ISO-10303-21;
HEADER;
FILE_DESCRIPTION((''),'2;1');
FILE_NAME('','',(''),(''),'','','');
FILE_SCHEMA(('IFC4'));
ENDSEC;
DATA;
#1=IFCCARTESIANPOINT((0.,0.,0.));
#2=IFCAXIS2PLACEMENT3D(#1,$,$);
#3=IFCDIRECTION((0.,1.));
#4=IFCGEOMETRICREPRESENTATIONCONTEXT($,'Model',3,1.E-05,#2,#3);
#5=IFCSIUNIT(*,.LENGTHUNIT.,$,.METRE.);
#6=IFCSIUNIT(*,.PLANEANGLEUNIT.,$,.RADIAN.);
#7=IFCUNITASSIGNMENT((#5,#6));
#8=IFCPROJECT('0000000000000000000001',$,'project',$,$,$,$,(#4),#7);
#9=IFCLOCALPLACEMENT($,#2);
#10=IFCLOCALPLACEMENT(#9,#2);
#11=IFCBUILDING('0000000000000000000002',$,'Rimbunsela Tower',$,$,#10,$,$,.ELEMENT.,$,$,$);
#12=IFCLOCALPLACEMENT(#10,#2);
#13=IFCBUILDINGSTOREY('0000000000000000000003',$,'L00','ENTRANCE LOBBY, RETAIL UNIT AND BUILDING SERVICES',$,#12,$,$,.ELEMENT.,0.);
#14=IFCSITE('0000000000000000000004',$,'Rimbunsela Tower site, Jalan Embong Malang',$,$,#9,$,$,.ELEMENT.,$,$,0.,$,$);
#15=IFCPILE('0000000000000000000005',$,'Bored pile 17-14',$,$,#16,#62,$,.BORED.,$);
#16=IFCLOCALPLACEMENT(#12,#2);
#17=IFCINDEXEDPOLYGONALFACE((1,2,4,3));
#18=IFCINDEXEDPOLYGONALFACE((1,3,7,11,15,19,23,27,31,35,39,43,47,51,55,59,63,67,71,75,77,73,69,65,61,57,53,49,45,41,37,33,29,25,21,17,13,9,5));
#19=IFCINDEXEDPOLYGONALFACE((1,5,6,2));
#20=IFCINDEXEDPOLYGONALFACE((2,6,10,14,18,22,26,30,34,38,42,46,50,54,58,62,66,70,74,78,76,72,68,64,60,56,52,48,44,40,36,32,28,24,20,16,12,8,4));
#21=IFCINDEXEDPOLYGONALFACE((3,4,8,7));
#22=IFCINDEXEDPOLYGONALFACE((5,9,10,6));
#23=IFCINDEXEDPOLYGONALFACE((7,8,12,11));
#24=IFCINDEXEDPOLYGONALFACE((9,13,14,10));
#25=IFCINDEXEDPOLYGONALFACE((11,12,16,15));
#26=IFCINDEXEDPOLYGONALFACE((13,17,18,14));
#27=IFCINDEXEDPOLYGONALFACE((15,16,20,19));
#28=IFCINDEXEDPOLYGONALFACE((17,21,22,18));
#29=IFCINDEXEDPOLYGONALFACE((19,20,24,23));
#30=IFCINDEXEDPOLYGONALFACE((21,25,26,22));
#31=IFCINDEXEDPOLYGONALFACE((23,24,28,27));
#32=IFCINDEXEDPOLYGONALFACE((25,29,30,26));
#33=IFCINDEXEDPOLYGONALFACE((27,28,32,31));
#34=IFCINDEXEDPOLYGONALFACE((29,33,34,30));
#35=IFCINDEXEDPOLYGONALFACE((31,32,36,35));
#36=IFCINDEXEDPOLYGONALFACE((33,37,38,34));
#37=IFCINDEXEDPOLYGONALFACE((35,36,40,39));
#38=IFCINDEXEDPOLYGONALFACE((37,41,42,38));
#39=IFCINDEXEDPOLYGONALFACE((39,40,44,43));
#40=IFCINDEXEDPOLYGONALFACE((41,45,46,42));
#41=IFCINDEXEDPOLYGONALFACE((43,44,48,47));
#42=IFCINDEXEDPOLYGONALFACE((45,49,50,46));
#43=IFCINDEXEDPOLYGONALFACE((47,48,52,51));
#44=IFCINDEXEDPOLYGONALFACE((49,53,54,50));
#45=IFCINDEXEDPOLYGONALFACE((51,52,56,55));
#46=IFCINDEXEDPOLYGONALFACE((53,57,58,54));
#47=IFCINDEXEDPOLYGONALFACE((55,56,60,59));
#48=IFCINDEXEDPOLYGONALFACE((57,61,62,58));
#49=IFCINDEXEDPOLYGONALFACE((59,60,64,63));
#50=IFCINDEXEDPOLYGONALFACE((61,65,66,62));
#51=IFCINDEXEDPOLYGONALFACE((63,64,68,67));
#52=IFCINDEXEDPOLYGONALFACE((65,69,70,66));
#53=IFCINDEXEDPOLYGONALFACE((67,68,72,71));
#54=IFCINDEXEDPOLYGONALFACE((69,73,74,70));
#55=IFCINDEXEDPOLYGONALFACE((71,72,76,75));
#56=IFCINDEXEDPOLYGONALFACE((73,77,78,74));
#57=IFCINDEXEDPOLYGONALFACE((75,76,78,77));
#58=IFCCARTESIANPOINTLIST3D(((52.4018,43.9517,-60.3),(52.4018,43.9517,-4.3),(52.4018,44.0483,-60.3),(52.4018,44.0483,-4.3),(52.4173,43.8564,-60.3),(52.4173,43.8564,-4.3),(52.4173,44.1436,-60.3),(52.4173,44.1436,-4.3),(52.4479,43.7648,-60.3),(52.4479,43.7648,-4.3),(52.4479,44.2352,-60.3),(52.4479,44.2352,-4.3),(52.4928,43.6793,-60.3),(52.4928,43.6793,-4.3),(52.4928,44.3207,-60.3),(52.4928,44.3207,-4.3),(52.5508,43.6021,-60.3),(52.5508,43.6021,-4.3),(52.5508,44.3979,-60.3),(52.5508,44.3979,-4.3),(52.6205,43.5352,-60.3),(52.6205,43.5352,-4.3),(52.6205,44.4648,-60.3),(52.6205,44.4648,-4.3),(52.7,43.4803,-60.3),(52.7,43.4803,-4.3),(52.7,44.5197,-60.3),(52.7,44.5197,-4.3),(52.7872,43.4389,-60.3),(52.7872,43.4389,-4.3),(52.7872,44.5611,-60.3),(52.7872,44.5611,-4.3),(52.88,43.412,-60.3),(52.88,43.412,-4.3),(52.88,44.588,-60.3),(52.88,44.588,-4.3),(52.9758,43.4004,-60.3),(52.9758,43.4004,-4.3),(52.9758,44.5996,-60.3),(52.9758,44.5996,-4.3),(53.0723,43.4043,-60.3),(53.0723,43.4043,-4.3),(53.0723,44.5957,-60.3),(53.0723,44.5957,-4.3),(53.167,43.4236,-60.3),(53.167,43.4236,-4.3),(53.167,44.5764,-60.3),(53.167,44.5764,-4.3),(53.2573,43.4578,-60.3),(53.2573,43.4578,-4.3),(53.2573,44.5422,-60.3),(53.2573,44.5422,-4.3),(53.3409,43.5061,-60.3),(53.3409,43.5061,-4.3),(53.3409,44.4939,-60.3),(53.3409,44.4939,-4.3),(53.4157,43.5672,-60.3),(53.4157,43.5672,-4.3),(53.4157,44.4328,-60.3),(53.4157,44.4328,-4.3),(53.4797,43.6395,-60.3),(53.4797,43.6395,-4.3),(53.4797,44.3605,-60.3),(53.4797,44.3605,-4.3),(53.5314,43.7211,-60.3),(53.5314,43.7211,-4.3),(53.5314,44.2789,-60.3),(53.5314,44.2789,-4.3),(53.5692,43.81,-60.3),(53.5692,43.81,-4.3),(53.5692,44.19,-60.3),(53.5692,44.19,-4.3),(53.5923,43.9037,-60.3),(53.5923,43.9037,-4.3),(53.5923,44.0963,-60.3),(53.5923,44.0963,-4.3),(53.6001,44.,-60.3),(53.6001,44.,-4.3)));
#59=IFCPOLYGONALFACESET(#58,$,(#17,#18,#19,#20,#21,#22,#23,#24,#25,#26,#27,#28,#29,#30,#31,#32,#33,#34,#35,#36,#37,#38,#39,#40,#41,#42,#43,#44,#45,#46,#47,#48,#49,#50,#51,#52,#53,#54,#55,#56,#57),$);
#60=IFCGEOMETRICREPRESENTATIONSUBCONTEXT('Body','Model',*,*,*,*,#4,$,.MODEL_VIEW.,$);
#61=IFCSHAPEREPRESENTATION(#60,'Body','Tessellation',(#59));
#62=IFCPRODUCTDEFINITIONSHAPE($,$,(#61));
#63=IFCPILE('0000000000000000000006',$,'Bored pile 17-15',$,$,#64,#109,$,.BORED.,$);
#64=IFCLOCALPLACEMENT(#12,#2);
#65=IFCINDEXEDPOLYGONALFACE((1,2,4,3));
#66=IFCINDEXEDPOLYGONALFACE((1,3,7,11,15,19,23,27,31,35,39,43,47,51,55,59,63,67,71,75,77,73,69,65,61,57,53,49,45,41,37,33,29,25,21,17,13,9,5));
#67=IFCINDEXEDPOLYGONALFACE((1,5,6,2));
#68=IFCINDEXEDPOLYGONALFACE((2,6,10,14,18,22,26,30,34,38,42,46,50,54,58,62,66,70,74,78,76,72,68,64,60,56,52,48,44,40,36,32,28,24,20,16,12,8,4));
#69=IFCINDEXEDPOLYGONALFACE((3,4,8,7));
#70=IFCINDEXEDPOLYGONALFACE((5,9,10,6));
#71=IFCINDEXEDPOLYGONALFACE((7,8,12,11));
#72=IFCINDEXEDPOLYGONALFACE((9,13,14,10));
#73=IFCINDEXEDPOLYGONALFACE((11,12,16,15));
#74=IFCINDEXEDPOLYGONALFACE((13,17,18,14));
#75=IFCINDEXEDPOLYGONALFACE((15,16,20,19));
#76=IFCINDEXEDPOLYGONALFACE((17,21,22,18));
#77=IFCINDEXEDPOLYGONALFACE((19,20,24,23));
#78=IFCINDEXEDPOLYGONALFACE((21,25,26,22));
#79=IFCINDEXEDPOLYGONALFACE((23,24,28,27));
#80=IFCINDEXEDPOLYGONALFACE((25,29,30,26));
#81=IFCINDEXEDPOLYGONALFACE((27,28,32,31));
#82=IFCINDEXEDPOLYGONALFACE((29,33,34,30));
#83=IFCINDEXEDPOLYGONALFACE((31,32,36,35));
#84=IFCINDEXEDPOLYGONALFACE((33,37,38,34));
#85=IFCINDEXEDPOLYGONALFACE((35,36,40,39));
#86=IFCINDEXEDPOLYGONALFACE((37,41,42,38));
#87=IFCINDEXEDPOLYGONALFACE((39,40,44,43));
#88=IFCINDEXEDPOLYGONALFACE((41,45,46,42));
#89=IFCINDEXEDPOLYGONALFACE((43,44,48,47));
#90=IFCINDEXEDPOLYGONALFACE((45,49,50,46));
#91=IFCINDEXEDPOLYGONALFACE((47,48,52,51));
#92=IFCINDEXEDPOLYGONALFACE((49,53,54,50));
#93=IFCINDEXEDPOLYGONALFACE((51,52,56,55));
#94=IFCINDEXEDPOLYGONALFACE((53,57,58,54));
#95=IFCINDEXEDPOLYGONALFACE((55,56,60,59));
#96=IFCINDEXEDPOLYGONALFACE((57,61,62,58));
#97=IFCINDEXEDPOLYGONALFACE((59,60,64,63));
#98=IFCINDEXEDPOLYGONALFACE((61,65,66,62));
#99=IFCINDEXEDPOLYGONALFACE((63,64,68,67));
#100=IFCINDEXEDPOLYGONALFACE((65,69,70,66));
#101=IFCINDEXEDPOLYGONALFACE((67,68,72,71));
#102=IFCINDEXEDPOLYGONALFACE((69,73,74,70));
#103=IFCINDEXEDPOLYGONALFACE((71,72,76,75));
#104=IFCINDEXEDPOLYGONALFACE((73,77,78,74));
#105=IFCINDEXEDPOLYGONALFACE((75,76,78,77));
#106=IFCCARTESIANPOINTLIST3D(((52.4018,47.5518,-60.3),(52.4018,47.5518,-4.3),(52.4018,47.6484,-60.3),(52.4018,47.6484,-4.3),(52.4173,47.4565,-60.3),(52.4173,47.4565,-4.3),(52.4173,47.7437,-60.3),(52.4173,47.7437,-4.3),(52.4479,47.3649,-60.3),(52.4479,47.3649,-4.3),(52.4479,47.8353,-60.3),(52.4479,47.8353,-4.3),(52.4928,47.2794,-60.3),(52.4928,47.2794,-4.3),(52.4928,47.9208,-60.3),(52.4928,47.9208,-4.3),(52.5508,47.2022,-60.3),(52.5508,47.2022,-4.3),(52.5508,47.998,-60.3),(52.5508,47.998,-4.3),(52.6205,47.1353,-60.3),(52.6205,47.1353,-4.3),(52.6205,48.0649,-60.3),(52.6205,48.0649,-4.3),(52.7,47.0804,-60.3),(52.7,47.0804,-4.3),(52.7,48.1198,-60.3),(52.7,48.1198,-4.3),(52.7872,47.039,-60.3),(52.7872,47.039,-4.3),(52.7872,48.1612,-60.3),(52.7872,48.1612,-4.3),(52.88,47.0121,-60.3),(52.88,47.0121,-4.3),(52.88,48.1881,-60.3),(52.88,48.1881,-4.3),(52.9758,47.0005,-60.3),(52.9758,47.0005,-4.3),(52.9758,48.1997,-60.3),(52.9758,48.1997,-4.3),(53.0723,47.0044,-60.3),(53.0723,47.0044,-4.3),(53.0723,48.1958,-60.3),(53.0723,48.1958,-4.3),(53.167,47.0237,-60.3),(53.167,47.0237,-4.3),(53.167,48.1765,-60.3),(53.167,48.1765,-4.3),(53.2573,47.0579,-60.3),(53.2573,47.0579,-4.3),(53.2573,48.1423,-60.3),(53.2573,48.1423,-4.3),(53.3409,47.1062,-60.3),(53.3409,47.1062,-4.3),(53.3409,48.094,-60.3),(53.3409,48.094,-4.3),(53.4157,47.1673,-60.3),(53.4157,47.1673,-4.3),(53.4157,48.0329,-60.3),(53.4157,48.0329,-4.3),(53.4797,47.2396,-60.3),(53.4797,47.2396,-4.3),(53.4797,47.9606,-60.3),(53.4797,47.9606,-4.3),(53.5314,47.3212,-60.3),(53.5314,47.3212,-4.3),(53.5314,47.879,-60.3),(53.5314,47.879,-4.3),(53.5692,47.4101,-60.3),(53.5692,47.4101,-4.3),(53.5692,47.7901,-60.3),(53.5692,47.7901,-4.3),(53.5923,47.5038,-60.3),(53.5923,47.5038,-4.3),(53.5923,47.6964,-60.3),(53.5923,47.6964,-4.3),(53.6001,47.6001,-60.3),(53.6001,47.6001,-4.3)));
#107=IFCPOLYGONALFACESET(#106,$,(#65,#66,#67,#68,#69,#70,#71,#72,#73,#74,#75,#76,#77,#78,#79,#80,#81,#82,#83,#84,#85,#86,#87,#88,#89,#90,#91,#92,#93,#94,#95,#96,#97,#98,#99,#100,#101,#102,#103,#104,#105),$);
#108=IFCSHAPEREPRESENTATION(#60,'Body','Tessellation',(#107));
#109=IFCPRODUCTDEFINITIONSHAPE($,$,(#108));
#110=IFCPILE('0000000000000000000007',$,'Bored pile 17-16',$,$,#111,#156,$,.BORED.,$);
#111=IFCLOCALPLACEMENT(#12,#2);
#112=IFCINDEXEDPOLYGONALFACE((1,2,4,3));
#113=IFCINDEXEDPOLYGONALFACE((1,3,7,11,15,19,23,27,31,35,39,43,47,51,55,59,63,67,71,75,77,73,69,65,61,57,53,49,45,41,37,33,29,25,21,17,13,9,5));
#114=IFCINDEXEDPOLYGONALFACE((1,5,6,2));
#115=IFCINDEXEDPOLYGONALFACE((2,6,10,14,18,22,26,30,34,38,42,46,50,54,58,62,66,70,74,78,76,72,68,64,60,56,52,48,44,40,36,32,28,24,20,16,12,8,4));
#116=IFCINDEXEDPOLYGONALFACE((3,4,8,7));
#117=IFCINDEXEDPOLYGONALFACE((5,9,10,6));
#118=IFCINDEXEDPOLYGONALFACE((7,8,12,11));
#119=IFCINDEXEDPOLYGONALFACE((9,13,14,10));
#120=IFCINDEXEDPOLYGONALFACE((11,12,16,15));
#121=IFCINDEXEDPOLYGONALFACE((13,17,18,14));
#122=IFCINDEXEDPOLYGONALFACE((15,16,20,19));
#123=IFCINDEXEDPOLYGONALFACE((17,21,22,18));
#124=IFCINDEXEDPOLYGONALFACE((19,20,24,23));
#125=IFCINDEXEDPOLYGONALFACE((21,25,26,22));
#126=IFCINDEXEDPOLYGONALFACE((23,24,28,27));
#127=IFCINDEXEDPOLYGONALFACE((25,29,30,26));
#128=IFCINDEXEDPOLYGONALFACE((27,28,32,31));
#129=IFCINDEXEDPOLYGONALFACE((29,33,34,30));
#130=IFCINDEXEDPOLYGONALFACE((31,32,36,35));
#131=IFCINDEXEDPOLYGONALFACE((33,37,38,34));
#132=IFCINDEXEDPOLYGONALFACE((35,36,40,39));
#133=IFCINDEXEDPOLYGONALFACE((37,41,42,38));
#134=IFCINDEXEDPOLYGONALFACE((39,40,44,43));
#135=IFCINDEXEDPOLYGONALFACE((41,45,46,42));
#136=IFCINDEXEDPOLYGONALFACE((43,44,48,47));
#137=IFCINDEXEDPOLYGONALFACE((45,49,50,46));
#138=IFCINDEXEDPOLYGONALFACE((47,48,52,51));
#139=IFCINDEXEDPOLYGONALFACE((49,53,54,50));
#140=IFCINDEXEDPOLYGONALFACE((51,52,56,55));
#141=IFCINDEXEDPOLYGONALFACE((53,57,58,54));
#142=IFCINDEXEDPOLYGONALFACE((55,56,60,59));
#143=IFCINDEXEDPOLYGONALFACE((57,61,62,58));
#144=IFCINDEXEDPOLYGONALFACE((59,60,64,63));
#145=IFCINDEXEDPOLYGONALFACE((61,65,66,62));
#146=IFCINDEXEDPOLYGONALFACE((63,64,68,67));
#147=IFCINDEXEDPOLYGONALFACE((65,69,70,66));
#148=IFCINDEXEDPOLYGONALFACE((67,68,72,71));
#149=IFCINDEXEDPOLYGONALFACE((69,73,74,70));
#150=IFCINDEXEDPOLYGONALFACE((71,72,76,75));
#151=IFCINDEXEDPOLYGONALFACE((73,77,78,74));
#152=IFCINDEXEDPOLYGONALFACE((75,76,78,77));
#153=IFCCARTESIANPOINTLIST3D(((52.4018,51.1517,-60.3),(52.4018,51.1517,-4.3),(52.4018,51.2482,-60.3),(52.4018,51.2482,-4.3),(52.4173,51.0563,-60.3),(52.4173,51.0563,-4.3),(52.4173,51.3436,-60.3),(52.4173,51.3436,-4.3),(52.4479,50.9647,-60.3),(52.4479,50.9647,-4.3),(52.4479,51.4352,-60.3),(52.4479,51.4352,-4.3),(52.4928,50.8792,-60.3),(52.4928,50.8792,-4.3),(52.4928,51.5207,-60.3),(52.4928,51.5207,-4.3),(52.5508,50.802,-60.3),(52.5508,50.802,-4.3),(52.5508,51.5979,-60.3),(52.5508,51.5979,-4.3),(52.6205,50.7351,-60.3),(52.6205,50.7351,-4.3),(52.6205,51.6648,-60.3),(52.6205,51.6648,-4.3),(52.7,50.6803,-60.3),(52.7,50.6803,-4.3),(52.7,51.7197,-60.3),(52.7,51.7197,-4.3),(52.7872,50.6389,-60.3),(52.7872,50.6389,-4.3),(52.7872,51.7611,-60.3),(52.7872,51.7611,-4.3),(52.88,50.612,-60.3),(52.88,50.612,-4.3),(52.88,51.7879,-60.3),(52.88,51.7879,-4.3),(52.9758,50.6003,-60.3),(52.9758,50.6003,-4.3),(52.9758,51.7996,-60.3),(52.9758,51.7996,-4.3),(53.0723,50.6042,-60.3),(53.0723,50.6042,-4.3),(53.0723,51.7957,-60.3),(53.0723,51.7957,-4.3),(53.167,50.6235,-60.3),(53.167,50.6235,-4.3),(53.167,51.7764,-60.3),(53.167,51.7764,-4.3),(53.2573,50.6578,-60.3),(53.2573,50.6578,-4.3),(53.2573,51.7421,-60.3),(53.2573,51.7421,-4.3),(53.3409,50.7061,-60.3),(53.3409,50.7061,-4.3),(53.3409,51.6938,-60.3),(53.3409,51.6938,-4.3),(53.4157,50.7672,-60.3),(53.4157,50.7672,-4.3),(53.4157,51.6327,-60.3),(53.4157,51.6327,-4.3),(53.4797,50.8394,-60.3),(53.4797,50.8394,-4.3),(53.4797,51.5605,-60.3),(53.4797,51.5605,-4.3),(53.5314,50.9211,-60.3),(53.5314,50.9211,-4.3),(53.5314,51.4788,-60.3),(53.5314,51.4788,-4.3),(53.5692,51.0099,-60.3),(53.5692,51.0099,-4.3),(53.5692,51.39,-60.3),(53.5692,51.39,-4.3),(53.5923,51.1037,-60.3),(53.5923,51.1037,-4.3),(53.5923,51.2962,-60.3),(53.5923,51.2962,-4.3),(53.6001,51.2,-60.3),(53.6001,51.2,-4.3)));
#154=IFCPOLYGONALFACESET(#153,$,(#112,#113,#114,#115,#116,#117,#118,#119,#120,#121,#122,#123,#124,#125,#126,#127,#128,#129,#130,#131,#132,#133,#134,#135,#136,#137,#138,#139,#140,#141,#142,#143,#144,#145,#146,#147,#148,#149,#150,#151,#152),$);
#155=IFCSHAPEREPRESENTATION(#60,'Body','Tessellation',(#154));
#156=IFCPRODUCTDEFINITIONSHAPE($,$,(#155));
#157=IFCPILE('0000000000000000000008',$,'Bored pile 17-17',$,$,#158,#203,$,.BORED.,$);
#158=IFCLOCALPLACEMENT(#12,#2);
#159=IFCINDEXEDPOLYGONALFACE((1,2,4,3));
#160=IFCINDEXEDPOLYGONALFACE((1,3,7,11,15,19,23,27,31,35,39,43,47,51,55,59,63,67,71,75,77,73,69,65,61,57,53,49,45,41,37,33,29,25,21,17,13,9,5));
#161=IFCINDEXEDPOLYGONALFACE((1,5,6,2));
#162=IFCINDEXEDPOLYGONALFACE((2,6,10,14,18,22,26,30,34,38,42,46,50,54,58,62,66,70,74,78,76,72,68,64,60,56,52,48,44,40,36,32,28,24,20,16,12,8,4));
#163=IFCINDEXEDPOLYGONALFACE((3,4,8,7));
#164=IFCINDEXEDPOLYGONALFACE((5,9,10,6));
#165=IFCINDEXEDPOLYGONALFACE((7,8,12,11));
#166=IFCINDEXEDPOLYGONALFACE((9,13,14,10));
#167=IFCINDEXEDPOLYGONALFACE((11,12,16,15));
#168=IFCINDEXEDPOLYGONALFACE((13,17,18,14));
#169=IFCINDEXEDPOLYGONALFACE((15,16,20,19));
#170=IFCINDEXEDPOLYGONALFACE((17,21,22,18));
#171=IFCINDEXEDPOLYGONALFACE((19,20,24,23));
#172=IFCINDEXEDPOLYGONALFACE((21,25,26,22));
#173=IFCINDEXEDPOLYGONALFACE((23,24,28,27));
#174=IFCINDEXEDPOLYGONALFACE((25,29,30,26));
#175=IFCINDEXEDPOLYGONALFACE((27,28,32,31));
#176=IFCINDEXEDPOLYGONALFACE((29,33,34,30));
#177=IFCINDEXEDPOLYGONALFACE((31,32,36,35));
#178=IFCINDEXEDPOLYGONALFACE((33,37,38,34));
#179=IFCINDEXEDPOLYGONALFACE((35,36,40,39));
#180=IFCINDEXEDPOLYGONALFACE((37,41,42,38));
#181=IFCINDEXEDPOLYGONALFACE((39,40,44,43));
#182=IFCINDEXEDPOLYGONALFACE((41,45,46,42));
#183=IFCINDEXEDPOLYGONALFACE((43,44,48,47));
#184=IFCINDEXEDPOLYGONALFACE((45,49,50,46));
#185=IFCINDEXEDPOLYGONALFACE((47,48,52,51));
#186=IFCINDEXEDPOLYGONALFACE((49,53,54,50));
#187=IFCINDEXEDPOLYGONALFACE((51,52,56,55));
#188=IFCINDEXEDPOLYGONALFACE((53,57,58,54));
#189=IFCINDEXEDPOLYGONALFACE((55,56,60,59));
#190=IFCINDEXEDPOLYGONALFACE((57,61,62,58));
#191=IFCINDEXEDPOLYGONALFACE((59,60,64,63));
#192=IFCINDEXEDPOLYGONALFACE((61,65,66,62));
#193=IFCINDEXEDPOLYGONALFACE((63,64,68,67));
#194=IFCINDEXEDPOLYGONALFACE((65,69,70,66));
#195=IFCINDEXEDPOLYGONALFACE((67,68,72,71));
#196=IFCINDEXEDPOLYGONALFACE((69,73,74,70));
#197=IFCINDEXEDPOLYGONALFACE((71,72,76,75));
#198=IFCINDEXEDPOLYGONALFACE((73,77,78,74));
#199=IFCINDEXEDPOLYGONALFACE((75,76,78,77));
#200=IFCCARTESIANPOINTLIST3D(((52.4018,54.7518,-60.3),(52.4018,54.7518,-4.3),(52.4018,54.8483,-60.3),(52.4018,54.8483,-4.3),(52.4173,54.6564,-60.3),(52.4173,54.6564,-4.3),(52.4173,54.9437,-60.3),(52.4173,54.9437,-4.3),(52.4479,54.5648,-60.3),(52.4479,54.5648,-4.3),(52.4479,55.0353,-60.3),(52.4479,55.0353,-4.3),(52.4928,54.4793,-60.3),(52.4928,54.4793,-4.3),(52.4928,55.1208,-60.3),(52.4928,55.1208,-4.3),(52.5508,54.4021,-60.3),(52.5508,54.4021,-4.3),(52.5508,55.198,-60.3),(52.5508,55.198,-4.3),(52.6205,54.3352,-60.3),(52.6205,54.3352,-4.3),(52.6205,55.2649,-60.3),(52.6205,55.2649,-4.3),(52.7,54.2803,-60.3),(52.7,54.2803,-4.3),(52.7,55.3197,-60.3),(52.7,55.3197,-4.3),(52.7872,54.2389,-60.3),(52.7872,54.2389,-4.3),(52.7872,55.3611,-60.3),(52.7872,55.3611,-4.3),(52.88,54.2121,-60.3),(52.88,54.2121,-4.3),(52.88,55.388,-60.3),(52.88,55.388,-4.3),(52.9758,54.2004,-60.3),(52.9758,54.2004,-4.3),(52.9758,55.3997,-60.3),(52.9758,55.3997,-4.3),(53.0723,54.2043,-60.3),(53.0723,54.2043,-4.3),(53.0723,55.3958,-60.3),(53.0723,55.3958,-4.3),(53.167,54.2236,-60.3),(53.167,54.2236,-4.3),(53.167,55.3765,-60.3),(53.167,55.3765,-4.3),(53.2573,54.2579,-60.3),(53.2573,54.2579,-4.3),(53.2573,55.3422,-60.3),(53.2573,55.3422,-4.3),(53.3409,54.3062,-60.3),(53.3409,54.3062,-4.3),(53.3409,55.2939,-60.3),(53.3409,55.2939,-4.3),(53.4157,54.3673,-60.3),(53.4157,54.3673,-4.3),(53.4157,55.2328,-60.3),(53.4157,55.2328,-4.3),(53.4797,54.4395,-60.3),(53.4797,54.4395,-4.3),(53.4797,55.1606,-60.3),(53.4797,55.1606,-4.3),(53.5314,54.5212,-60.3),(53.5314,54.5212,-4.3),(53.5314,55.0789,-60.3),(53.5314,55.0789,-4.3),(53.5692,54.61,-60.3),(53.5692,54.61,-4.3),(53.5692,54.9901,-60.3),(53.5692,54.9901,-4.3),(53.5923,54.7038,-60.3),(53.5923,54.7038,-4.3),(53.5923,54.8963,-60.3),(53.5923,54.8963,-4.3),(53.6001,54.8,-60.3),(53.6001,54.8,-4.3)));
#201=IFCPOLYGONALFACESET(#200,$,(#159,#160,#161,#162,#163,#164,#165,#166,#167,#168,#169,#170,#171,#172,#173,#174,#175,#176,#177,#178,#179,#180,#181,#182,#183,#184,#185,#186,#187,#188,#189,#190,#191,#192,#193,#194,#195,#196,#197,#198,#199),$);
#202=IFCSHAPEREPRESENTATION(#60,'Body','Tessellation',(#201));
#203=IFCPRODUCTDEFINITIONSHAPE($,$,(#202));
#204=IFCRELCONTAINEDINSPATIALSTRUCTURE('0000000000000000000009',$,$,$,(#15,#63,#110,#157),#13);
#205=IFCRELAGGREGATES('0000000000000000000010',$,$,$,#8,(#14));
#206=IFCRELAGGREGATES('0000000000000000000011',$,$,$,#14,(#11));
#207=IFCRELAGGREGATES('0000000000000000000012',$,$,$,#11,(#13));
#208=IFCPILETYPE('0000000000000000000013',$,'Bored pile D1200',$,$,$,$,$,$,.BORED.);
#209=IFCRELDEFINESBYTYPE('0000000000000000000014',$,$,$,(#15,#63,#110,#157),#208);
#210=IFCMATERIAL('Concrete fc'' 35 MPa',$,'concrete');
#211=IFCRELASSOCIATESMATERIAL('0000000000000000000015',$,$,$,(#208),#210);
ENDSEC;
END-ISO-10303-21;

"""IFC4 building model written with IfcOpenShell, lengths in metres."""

from ifc_helpers import new_model, si_unit, direction, frame, origin, origin_2d, place, context, subcontext, project, spatial, circle, extrude, material, material_profile, profile_set, type_object, element, save


model = new_model("IFC4")

# Units and contexts
model_context = context("Model", 3, precision=1e-05, world=origin(), true_north=direction((0.0, 1.0)))
body_context = subcontext(model_context, "Body", "Model", "MODEL_VIEW")
ifc_project = project(units=[si_unit("LENGTHUNIT", "METRE"), si_unit("PLANEANGLEUNIT", "RADIAN")], contexts=[model_context])

# Site, building, storey
site_placement = place(None, origin())
site = spatial("IfcSite", under=ifc_project, at=site_placement, Name="Rimbunsela Tower site, Jalan Embong Malang", CompositionType="ELEMENT", RefElevation=0.0)
building_placement = place(site_placement, origin())
building = spatial("IfcBuilding", under=site, at=building_placement, Name="Rimbunsela Tower", CompositionType="ELEMENT")
storey_placement = place(building_placement, origin())
storey = spatial("IfcBuildingStorey", under=building, at=storey_placement, Name="L00", Description="ENTRANCE LOBBY, RETAIL UNIT AND BUILDING SERVICES", CompositionType="ELEMENT", Elevation=0.0)

# Piles
ifc_material_1 = material(Name="Concrete fc' 35 MPa", Category="concrete")
ifc_material_profile_1 = material_profile(ifc_material_1, circle(Radius=0.6001, at=origin_2d()), Name="BP D1200")
ifc_profile_set_1 = profile_set([ifc_material_profile_1], Name="Concrete fc' 35 MPa")
pile_type = type_object("IfcPileType", Name="Bored pile D1200", PredefinedType="BORED", material=ifc_profile_set_1)
for number, where, z_axis, x_axis, name in (
    (1, (53.0, 44.0, -4.3), (0.0, 0.0, -1.0), (1.0, 0.0, 0.0), "Bored pile 17-14"),
    (2, (53.0, 47.6001, -4.3), (0.0, 0.0, -1.0), (1.0, 0.0, 0.0), "Bored pile 17-15"),
    (3, (53.0, 51.2, -4.3), (0.0, 0.0, -1.0), (1.0, 0.0, 0.0), "Bored pile 17-16"),
    (4, (53.0, 54.8, -4.3), (0.0, 0.0, -1.0), (1.0, 0.0, 0.0), "Bored pile 17-17"),
):
    element("IfcPile", number, at=place(storey_placement, frame(where, z_axis=z_axis, x_axis=x_axis)), inside=storey, type_object=pile_type, Name=name, PredefinedType="BORED", context=body_context, shape_type="SweptSolid", body=[
        extrude(circle(Radius=0.6001, at=origin_2d()), origin(), (0.0, 0.0, 1.0), 56.0),
    ])

save(model, "model.ifc")
